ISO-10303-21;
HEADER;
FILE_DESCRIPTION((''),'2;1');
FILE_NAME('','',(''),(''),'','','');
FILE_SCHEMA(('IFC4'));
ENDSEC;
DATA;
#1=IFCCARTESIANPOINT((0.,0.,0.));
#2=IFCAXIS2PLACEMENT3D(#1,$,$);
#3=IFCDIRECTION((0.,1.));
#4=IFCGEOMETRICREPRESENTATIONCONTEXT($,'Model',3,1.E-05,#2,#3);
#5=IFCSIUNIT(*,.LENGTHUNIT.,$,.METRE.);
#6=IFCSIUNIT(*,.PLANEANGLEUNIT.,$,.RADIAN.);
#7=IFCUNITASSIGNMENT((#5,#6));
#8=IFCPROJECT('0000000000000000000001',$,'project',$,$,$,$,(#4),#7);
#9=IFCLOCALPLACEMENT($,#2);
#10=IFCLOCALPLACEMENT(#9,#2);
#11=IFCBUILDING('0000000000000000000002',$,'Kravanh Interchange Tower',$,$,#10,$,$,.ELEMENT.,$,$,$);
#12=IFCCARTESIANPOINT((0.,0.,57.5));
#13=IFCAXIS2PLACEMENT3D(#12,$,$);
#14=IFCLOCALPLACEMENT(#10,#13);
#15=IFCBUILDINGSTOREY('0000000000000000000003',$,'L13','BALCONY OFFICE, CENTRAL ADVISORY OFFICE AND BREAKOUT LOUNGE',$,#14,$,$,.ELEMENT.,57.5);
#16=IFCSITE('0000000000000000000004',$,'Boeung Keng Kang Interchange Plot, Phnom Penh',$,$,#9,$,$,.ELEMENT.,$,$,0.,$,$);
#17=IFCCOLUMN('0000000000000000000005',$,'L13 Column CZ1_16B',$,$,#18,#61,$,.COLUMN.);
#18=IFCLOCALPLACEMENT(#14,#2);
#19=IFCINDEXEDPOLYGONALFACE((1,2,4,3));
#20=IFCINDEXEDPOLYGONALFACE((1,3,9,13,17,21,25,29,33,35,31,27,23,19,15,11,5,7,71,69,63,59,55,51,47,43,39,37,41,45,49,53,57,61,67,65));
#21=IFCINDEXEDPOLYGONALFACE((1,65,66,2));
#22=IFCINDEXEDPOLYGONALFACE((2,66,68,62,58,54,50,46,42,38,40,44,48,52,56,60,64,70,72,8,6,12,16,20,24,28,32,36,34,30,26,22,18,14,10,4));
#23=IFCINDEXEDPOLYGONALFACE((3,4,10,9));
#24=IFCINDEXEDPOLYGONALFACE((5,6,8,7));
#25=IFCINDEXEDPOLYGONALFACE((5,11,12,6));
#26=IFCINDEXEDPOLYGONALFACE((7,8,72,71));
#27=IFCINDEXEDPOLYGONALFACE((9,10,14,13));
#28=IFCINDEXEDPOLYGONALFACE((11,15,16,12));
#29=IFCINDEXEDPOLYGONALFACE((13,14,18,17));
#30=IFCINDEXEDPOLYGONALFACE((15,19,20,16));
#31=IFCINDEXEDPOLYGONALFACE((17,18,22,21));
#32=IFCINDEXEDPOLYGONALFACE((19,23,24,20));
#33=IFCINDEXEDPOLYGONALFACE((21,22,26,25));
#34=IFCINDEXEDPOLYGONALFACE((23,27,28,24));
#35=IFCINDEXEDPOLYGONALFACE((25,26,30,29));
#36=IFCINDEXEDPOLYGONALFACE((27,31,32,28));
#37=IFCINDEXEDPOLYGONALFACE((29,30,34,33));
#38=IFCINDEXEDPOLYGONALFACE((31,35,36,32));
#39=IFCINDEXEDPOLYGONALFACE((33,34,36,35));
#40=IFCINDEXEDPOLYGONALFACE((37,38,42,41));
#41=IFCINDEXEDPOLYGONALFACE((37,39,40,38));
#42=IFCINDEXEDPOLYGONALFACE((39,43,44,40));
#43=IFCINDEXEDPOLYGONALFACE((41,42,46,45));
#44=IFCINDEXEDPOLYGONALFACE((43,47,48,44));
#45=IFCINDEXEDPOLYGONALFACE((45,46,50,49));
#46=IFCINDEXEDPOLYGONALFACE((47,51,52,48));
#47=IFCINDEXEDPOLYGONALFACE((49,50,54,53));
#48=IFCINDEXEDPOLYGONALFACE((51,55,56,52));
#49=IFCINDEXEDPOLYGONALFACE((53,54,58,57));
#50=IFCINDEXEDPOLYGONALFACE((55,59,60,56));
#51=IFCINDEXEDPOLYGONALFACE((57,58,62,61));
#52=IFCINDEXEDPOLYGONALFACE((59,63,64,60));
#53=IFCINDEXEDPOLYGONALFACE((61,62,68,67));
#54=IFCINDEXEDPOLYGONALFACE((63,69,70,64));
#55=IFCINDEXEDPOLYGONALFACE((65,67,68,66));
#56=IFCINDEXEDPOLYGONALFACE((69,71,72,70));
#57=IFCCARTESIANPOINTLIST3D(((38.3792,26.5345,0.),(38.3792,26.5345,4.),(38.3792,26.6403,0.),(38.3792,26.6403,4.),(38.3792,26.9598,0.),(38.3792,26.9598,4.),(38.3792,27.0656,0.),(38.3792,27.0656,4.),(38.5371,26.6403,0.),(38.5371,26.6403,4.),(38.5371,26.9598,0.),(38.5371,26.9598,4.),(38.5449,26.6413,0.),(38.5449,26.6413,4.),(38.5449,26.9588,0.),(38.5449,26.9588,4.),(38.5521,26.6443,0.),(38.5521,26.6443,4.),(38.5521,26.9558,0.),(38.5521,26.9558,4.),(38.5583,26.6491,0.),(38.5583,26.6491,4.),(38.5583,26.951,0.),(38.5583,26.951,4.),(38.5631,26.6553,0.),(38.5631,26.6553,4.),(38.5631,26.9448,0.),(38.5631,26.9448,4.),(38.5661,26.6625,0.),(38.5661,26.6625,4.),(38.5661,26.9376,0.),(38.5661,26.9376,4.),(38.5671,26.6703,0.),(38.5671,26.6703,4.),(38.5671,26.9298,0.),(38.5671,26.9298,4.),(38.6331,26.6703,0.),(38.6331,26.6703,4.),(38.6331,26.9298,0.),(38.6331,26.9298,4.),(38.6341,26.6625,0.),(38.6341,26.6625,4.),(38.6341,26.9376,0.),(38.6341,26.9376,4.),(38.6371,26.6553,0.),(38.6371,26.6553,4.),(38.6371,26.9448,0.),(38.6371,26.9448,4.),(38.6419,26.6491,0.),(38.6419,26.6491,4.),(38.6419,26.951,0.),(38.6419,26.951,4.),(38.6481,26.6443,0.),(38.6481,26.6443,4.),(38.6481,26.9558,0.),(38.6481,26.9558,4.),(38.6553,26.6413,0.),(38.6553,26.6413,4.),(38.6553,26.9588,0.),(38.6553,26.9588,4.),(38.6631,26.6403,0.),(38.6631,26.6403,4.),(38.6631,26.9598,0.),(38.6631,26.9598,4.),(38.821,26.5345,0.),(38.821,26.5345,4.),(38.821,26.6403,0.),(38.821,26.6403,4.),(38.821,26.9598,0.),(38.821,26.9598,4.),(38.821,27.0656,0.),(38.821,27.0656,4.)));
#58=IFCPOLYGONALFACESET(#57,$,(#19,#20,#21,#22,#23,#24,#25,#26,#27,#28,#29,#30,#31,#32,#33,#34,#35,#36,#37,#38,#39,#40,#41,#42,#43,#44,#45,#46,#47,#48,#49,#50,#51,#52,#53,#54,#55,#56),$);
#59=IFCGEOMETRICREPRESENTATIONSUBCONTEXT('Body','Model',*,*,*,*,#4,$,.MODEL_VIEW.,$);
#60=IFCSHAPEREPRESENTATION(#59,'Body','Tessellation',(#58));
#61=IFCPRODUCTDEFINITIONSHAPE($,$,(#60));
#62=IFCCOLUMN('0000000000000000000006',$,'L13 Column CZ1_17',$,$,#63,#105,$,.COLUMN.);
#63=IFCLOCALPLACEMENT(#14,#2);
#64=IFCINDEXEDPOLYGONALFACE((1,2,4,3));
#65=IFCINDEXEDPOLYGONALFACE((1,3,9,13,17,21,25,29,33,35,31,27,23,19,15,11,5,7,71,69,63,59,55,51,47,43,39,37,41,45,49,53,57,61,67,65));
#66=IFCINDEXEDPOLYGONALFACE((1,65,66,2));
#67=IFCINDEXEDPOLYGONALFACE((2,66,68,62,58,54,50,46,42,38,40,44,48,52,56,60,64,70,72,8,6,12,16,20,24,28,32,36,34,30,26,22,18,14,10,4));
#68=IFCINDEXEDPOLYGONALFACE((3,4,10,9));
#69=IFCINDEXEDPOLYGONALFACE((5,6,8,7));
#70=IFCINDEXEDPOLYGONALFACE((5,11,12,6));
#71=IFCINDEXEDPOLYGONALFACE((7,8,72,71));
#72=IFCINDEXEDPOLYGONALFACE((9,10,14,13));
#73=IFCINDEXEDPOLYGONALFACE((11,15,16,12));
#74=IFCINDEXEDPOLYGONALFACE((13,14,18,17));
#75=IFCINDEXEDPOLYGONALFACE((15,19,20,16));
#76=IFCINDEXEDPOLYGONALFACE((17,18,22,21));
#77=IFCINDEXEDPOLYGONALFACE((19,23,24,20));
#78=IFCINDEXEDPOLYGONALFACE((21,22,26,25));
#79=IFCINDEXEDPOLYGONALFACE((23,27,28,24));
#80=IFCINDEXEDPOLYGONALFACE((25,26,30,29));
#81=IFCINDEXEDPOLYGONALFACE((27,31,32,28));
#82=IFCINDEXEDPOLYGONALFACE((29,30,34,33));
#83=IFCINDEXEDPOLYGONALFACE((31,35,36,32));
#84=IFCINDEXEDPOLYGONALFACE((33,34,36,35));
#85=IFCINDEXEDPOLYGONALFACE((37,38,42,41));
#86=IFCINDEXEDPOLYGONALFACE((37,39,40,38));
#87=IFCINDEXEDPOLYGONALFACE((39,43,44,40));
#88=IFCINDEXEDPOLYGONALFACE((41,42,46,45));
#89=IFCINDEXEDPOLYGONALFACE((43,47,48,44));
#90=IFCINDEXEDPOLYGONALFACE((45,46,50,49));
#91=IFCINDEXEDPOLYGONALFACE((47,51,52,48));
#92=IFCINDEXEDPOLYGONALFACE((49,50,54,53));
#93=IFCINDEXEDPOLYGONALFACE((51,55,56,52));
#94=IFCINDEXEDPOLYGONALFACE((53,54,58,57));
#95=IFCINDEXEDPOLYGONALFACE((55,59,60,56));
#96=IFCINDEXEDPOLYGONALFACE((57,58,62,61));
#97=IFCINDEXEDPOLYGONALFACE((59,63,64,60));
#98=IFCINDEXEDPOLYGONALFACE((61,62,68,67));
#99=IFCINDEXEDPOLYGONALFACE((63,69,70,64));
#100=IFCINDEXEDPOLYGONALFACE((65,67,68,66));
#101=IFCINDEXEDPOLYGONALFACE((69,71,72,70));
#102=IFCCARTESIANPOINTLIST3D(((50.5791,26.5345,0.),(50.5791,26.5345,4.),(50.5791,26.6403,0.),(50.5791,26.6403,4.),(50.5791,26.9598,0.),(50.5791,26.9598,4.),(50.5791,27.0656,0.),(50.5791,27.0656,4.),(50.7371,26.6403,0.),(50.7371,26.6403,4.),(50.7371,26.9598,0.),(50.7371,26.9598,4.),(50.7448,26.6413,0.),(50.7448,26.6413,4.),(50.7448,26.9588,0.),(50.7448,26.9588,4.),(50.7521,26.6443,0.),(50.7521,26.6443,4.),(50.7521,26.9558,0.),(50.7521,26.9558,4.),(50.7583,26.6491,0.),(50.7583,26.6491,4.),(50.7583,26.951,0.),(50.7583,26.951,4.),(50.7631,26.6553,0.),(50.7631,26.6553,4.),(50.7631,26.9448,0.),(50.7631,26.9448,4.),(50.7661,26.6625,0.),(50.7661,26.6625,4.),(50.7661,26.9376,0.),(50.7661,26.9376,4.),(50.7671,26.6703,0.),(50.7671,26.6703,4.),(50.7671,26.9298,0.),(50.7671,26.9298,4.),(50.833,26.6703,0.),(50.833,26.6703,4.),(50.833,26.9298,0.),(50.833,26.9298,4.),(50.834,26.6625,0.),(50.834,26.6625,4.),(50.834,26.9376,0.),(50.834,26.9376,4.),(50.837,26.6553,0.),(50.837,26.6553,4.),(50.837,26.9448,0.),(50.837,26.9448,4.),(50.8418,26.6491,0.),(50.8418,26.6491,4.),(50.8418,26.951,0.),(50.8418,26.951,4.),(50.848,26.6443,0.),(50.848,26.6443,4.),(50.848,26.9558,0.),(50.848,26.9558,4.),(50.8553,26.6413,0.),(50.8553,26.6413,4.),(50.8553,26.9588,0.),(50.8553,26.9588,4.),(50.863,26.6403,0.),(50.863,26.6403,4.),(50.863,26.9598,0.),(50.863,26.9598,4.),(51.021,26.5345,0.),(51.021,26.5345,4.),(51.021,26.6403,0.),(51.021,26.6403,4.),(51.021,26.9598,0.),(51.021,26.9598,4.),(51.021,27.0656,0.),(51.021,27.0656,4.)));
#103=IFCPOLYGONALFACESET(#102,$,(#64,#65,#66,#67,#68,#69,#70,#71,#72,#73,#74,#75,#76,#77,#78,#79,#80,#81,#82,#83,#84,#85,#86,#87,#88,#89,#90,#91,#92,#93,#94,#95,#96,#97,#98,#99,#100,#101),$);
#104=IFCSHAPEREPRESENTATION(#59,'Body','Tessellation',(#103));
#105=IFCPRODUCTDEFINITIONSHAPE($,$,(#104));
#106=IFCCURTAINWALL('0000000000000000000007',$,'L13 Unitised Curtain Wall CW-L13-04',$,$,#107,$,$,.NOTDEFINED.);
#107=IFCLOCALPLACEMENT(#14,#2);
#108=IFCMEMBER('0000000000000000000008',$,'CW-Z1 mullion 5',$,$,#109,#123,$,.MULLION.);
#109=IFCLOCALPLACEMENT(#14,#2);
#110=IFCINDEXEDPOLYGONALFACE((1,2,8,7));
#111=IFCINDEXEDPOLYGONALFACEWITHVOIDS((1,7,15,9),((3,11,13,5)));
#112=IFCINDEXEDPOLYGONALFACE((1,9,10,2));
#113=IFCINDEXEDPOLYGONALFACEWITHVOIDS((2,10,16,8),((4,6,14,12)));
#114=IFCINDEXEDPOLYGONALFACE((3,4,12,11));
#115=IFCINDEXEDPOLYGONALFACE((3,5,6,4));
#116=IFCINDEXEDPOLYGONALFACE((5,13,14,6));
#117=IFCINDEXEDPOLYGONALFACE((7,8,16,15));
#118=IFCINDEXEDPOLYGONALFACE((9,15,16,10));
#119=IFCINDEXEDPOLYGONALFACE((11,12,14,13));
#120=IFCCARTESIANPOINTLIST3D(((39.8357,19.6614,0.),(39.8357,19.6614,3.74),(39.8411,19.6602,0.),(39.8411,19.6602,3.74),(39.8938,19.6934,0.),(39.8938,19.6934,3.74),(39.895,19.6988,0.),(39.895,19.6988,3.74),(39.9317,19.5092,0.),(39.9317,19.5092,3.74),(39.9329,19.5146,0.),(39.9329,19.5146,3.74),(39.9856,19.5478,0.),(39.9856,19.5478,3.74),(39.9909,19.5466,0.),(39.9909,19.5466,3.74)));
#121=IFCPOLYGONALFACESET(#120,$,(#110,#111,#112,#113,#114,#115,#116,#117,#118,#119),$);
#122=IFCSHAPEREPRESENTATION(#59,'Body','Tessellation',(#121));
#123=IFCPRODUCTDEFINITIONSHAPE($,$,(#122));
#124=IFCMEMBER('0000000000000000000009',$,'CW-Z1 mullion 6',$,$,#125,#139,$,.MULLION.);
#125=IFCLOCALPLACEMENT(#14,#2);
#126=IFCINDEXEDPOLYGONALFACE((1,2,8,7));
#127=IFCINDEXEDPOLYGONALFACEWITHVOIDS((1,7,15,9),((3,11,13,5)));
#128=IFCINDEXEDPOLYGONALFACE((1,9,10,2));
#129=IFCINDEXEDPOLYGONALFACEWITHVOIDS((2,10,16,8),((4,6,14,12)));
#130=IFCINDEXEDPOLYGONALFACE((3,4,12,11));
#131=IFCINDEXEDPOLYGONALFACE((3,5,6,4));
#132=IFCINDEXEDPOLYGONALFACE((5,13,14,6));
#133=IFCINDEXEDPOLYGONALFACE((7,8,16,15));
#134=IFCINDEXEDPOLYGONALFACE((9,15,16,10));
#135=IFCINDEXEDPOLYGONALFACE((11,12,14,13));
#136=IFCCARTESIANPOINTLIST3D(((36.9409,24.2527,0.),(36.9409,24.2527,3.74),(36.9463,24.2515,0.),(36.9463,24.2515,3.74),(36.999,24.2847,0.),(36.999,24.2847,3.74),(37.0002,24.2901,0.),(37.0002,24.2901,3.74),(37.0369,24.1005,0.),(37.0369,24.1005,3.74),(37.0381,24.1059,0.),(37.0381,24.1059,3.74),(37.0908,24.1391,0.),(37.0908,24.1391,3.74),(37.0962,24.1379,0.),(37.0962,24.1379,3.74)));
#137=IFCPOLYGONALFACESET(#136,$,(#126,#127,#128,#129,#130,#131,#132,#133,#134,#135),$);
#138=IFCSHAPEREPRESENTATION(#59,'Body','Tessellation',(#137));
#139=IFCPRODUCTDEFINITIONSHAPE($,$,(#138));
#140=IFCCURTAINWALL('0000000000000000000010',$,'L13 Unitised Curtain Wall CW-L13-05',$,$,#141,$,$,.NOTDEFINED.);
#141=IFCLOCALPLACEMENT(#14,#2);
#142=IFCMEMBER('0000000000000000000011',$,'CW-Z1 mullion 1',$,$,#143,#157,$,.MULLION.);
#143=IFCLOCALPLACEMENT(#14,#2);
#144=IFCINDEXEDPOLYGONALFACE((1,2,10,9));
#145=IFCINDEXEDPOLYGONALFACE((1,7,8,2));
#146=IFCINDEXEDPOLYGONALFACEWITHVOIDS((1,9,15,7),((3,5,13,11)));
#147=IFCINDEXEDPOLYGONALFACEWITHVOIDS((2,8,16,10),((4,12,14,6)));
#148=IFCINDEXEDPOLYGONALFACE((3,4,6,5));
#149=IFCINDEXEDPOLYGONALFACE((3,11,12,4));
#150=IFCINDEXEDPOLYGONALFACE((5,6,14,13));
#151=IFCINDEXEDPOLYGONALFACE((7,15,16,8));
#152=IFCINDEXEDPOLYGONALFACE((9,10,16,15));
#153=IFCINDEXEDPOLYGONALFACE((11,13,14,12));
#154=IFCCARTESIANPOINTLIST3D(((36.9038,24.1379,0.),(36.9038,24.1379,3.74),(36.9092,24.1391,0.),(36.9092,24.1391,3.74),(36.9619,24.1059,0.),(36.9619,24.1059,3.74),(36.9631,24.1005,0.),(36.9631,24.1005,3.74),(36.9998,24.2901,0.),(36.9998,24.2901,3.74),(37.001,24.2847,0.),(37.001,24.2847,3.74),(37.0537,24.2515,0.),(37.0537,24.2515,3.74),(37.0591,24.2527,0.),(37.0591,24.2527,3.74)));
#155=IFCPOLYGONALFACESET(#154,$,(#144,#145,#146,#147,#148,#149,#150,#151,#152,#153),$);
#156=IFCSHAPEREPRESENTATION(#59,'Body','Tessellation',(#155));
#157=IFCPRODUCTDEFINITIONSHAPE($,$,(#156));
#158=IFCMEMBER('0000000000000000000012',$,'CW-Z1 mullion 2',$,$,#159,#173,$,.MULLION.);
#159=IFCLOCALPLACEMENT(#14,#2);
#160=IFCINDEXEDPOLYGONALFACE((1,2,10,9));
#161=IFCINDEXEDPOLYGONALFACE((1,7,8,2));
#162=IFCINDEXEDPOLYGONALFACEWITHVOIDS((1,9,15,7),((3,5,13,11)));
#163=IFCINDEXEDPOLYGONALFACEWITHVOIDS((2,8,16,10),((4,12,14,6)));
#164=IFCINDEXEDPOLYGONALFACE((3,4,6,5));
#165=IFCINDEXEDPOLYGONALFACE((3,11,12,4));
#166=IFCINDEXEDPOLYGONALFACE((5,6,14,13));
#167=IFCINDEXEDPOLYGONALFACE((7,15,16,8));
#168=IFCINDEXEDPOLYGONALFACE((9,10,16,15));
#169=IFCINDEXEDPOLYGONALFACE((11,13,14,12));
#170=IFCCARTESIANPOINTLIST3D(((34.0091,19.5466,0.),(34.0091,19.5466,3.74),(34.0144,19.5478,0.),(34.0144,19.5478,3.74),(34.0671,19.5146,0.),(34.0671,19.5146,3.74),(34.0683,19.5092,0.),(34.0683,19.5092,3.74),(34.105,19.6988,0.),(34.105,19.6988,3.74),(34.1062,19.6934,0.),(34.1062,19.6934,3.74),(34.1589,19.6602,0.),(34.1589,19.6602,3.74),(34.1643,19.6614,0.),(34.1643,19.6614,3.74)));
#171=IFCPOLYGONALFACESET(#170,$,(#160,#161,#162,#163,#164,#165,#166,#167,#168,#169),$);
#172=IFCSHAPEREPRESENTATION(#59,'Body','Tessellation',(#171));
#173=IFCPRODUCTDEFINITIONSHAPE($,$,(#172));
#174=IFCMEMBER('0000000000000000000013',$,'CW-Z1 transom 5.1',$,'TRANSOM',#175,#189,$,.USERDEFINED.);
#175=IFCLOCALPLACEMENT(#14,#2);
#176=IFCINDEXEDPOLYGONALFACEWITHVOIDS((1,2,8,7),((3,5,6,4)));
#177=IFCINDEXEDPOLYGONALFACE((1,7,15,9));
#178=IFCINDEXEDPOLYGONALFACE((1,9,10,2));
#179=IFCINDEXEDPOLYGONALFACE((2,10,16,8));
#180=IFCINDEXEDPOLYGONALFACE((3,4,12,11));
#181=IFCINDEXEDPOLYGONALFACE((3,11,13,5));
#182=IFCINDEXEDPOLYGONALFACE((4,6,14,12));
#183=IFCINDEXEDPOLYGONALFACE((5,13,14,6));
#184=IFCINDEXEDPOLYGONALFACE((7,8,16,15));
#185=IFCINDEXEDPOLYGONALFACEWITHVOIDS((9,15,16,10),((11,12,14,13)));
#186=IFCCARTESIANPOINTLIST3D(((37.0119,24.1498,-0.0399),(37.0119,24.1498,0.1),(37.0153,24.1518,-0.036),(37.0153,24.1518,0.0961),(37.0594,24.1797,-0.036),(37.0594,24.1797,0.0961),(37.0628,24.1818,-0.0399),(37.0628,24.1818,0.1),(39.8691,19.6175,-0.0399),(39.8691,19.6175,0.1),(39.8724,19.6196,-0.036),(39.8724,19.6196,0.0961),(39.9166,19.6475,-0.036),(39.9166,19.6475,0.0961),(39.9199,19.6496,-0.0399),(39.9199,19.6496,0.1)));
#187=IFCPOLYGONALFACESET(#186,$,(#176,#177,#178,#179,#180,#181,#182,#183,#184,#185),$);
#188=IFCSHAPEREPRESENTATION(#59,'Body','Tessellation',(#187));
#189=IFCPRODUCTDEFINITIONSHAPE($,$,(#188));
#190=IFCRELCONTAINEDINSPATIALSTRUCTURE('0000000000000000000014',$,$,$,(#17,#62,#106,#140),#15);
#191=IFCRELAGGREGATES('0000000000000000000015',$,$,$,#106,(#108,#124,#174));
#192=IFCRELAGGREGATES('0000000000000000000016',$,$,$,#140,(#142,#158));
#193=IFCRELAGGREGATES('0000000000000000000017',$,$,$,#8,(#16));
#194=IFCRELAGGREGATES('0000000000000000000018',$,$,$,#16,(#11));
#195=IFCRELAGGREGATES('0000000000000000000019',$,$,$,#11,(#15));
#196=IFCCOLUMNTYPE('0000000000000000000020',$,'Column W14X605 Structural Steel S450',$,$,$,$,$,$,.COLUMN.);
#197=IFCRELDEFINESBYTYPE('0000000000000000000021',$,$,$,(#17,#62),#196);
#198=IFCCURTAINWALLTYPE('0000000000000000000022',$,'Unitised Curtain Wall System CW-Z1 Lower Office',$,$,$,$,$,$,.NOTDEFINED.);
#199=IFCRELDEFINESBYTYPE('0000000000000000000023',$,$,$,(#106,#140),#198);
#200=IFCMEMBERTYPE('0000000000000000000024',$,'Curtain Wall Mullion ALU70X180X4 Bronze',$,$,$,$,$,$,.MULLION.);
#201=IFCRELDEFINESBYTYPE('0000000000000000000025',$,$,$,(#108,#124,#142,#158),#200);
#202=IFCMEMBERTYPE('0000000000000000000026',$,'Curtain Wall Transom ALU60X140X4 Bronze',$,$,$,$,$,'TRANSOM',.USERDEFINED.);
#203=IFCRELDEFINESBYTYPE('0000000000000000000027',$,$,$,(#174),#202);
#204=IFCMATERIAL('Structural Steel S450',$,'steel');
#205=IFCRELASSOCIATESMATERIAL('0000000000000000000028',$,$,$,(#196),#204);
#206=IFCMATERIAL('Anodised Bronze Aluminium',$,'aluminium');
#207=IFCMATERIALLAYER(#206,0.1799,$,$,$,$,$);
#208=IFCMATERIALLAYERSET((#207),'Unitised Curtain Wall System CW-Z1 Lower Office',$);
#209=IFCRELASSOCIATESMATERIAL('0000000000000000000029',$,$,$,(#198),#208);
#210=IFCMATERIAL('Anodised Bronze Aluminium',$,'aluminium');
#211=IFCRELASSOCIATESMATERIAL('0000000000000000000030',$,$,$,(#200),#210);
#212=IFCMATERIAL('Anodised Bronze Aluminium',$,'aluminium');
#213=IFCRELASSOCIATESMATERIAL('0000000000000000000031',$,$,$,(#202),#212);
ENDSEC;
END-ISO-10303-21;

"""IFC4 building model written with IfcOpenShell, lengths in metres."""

from ifc_helpers import new_model, si_unit, direction, frame, origin, origin_2d, place, context, subcontext, project, spatial, hollow_rectangle, i_section, extrude, material, layer, layer_set, material_profile, profile_set, type_object, element, aggregate, save


model = new_model("IFC4")

# Units and contexts
model_context = context("Model", 3, precision=1e-05, world=origin(), true_north=direction((0.0, 1.0)))
body_context = subcontext(model_context, "Body", "Model", "MODEL_VIEW")
ifc_project = project(units=[si_unit("LENGTHUNIT", "METRE"), si_unit("PLANEANGLEUNIT", "RADIAN")], contexts=[model_context])

# Site, building, storey
site_placement = place(None, origin())
site = spatial("IfcSite", under=ifc_project, at=site_placement, Name="Boeung Keng Kang Interchange Plot, Phnom Penh", CompositionType="ELEMENT", RefElevation=0.0)
building_placement = place(site_placement, origin())
building = spatial("IfcBuilding", under=site, at=building_placement, Name="Kravanh Interchange Tower", CompositionType="ELEMENT")
storey_placement = place(building_placement, frame((0.0, 0.0, 57.5)))
storey = spatial("IfcBuildingStorey", under=building, at=storey_placement, Name="L13", Description="BALCONY OFFICE, CENTRAL ADVISORY OFFICE AND BREAKOUT LOUNGE", CompositionType="ELEMENT", Elevation=57.5)

# Columns
ifc_material_1 = material(Name="Structural Steel S450", Category="steel")
ifc_material_profile_1 = material_profile(ifc_material_1, i_section(OverallWidth=0.4419, OverallDepth=0.531, WebThickness=0.0659, FlangeThickness=0.1057, FilletRadius=0.03, at=origin_2d()), Name="W14X605")
ifc_profile_set_1 = profile_set([ifc_material_profile_1], Name="Structural Steel S450")
column_type = type_object("IfcColumnType", Name="Column W14X605 Structural Steel S450", PredefinedType="COLUMN", material=ifc_profile_set_1)
for number, where, z_axis, x_axis, name in (
    (1, (38.6001, 26.8, 0.0), (0.0, 0.0, 1.0), (1.0, 0.0, 0.0), "L13 Column CZ1_16B"),
    (2, (50.8, 26.8, 0.0), (0.0, 0.0, 1.0), (1.0, 0.0, 0.0), "L13 Column CZ1_17"),
):
    element("IfcColumn", number, at=place(storey_placement, frame(where, z_axis=z_axis, x_axis=x_axis)), inside=storey, type_object=column_type, Name=name, PredefinedType="COLUMN", context=body_context, shape_type="SweptSolid", body=[
        extrude(i_section(OverallWidth=0.4419, OverallDepth=0.531, WebThickness=0.0659, FlangeThickness=0.1057, FilletRadius=0.03, at=origin_2d()), origin(), (0.0, 0.0, 1.0), 4.0),
    ])

# Curtain walls, members
ifc_material_2 = material(Name="Anodised Bronze Aluminium", Category="aluminium")
ifc_layer_1 = layer(ifc_material_2, 0.1799)
ifc_layer_set_1 = layer_set([ifc_layer_1], Name="Unitised Curtain Wall System CW-Z1 Lower Office")
curtain_wall_type = type_object("IfcCurtainWallType", Name="Unitised Curtain Wall System CW-Z1 Lower Office", PredefinedType="NOTDEFINED", material=ifc_layer_set_1)
curtain_wall_1_placement = place(storey_placement, origin())
curtain_wall_1 = element("IfcCurtainWall", 3, at=curtain_wall_1_placement, inside=storey, type_object=curtain_wall_type, Name="L13 Unitised Curtain Wall CW-L13-04", PredefinedType="NOTDEFINED")
ifc_material_3 = material(Name="Anodised Bronze Aluminium", Category="aluminium")
ifc_material_profile_2 = material_profile(ifc_material_3, hollow_rectangle(XDim=0.0701, YDim=0.1799, WallThickness=0.0039, at=origin_2d()), Name="ALU70X180X4")
ifc_profile_set_2 = profile_set([ifc_material_profile_2], Name="Anodised Bronze Aluminium")
member_type_1 = type_object("IfcMemberType", Name="Curtain Wall Mullion ALU70X180X4 Bronze", PredefinedType="MULLION", material=ifc_profile_set_2)
member_1_placement = place(storey_placement, frame((39.9133, 19.604, 0.0), z_axis=(0.0, 0.0, 1.0), x_axis=(-0.845926, -0.533301, 0.0)))
member_1 = element("IfcMember", 4, at=member_1_placement, type_object=member_type_1, Name="CW-Z1 mullion 5", PredefinedType="MULLION", context=body_context, shape_type="SweptSolid", body=[
    extrude(hollow_rectangle(XDim=0.0701, YDim=0.1799, WallThickness=0.0039, at=origin_2d()), origin(), (0.0, 0.0, 1.0), 3.74),
])
member_2_placement = place(storey_placement, frame((37.0186, 24.1953, 0.0), z_axis=(0.0, 0.0, 1.0), x_axis=(-0.845926, -0.533301, 0.0)))
member_2 = element("IfcMember", 5, at=member_2_placement, type_object=member_type_1, Name="CW-Z1 mullion 6", PredefinedType="MULLION", context=body_context, shape_type="SweptSolid", body=[
    extrude(hollow_rectangle(XDim=0.0701, YDim=0.1799, WallThickness=0.0039, at=origin_2d()), origin(), (0.0, 0.0, 1.0), 3.74),
])
curtain_wall_2_placement = place(storey_placement, origin())
curtain_wall_2 = element("IfcCurtainWall", 6, at=curtain_wall_2_placement, inside=storey, type_object=curtain_wall_type, Name="L13 Unitised Curtain Wall CW-L13-05", PredefinedType="NOTDEFINED")
member_3_placement = place(storey_placement, frame((36.9814, 24.1953, 0.0), z_axis=(0.0, 0.0, 1.0), x_axis=(0.845926, -0.533301, 0.0)))
member_3 = element("IfcMember", 7, at=member_3_placement, type_object=member_type_1, Name="CW-Z1 mullion 1", PredefinedType="MULLION", context=body_context, shape_type="SweptSolid", body=[
    extrude(hollow_rectangle(XDim=0.0701, YDim=0.1799, WallThickness=0.0039, at=origin_2d()), origin(), (0.0, 0.0, 1.0), 3.74),
])
member_4_placement = place(storey_placement, frame((34.0867, 19.604, 0.0), z_axis=(0.0, 0.0, 1.0), x_axis=(0.845926, -0.533301, 0.0)))
member_4 = element("IfcMember", 8, at=member_4_placement, type_object=member_type_1, Name="CW-Z1 mullion 2", PredefinedType="MULLION", context=body_context, shape_type="SweptSolid", body=[
    extrude(hollow_rectangle(XDim=0.0701, YDim=0.1799, WallThickness=0.0039, at=origin_2d()), origin(), (0.0, 0.0, 1.0), 3.74),
])

# Member
ifc_material_4 = material(Name="Anodised Bronze Aluminium", Category="aluminium")
ifc_material_profile_3 = material_profile(ifc_material_4, hollow_rectangle(XDim=0.0601, YDim=0.1399, WallThickness=0.0039, at=origin_2d()), Name="ALU60X140X4")
ifc_profile_set_3 = profile_set([ifc_material_profile_3], Name="Anodised Bronze Aluminium")
member_type_2 = type_object("IfcMemberType", Name="Curtain Wall Transom ALU60X140X4 Bronze", ElementType="TRANSOM", PredefinedType="USERDEFINED", material=ifc_profile_set_3)
member_5_placement = place(storey_placement, frame((39.8945, 19.6335, 0.03), z_axis=(-0.533288, 0.845934, 0.0), x_axis=(-0.845934, -0.533288, 0.0)))
member_5 = element("IfcMember", 9, at=member_5_placement, type_object=member_type_2, Name="CW-Z1 transom 5.1", ObjectType="TRANSOM", PredefinedType="USERDEFINED", context=body_context, shape_type="SweptSolid", body=[
    extrude(hollow_rectangle(XDim=0.0601, YDim=0.1399, WallThickness=0.0039, at=origin_2d()), origin(), (0.0, 0.0, 1.0), 5.3577),
])

aggregate(curtain_wall_1, [member_1, member_2, member_5])
aggregate(curtain_wall_2, [member_3, member_4])

save(model, "model.ifc")
